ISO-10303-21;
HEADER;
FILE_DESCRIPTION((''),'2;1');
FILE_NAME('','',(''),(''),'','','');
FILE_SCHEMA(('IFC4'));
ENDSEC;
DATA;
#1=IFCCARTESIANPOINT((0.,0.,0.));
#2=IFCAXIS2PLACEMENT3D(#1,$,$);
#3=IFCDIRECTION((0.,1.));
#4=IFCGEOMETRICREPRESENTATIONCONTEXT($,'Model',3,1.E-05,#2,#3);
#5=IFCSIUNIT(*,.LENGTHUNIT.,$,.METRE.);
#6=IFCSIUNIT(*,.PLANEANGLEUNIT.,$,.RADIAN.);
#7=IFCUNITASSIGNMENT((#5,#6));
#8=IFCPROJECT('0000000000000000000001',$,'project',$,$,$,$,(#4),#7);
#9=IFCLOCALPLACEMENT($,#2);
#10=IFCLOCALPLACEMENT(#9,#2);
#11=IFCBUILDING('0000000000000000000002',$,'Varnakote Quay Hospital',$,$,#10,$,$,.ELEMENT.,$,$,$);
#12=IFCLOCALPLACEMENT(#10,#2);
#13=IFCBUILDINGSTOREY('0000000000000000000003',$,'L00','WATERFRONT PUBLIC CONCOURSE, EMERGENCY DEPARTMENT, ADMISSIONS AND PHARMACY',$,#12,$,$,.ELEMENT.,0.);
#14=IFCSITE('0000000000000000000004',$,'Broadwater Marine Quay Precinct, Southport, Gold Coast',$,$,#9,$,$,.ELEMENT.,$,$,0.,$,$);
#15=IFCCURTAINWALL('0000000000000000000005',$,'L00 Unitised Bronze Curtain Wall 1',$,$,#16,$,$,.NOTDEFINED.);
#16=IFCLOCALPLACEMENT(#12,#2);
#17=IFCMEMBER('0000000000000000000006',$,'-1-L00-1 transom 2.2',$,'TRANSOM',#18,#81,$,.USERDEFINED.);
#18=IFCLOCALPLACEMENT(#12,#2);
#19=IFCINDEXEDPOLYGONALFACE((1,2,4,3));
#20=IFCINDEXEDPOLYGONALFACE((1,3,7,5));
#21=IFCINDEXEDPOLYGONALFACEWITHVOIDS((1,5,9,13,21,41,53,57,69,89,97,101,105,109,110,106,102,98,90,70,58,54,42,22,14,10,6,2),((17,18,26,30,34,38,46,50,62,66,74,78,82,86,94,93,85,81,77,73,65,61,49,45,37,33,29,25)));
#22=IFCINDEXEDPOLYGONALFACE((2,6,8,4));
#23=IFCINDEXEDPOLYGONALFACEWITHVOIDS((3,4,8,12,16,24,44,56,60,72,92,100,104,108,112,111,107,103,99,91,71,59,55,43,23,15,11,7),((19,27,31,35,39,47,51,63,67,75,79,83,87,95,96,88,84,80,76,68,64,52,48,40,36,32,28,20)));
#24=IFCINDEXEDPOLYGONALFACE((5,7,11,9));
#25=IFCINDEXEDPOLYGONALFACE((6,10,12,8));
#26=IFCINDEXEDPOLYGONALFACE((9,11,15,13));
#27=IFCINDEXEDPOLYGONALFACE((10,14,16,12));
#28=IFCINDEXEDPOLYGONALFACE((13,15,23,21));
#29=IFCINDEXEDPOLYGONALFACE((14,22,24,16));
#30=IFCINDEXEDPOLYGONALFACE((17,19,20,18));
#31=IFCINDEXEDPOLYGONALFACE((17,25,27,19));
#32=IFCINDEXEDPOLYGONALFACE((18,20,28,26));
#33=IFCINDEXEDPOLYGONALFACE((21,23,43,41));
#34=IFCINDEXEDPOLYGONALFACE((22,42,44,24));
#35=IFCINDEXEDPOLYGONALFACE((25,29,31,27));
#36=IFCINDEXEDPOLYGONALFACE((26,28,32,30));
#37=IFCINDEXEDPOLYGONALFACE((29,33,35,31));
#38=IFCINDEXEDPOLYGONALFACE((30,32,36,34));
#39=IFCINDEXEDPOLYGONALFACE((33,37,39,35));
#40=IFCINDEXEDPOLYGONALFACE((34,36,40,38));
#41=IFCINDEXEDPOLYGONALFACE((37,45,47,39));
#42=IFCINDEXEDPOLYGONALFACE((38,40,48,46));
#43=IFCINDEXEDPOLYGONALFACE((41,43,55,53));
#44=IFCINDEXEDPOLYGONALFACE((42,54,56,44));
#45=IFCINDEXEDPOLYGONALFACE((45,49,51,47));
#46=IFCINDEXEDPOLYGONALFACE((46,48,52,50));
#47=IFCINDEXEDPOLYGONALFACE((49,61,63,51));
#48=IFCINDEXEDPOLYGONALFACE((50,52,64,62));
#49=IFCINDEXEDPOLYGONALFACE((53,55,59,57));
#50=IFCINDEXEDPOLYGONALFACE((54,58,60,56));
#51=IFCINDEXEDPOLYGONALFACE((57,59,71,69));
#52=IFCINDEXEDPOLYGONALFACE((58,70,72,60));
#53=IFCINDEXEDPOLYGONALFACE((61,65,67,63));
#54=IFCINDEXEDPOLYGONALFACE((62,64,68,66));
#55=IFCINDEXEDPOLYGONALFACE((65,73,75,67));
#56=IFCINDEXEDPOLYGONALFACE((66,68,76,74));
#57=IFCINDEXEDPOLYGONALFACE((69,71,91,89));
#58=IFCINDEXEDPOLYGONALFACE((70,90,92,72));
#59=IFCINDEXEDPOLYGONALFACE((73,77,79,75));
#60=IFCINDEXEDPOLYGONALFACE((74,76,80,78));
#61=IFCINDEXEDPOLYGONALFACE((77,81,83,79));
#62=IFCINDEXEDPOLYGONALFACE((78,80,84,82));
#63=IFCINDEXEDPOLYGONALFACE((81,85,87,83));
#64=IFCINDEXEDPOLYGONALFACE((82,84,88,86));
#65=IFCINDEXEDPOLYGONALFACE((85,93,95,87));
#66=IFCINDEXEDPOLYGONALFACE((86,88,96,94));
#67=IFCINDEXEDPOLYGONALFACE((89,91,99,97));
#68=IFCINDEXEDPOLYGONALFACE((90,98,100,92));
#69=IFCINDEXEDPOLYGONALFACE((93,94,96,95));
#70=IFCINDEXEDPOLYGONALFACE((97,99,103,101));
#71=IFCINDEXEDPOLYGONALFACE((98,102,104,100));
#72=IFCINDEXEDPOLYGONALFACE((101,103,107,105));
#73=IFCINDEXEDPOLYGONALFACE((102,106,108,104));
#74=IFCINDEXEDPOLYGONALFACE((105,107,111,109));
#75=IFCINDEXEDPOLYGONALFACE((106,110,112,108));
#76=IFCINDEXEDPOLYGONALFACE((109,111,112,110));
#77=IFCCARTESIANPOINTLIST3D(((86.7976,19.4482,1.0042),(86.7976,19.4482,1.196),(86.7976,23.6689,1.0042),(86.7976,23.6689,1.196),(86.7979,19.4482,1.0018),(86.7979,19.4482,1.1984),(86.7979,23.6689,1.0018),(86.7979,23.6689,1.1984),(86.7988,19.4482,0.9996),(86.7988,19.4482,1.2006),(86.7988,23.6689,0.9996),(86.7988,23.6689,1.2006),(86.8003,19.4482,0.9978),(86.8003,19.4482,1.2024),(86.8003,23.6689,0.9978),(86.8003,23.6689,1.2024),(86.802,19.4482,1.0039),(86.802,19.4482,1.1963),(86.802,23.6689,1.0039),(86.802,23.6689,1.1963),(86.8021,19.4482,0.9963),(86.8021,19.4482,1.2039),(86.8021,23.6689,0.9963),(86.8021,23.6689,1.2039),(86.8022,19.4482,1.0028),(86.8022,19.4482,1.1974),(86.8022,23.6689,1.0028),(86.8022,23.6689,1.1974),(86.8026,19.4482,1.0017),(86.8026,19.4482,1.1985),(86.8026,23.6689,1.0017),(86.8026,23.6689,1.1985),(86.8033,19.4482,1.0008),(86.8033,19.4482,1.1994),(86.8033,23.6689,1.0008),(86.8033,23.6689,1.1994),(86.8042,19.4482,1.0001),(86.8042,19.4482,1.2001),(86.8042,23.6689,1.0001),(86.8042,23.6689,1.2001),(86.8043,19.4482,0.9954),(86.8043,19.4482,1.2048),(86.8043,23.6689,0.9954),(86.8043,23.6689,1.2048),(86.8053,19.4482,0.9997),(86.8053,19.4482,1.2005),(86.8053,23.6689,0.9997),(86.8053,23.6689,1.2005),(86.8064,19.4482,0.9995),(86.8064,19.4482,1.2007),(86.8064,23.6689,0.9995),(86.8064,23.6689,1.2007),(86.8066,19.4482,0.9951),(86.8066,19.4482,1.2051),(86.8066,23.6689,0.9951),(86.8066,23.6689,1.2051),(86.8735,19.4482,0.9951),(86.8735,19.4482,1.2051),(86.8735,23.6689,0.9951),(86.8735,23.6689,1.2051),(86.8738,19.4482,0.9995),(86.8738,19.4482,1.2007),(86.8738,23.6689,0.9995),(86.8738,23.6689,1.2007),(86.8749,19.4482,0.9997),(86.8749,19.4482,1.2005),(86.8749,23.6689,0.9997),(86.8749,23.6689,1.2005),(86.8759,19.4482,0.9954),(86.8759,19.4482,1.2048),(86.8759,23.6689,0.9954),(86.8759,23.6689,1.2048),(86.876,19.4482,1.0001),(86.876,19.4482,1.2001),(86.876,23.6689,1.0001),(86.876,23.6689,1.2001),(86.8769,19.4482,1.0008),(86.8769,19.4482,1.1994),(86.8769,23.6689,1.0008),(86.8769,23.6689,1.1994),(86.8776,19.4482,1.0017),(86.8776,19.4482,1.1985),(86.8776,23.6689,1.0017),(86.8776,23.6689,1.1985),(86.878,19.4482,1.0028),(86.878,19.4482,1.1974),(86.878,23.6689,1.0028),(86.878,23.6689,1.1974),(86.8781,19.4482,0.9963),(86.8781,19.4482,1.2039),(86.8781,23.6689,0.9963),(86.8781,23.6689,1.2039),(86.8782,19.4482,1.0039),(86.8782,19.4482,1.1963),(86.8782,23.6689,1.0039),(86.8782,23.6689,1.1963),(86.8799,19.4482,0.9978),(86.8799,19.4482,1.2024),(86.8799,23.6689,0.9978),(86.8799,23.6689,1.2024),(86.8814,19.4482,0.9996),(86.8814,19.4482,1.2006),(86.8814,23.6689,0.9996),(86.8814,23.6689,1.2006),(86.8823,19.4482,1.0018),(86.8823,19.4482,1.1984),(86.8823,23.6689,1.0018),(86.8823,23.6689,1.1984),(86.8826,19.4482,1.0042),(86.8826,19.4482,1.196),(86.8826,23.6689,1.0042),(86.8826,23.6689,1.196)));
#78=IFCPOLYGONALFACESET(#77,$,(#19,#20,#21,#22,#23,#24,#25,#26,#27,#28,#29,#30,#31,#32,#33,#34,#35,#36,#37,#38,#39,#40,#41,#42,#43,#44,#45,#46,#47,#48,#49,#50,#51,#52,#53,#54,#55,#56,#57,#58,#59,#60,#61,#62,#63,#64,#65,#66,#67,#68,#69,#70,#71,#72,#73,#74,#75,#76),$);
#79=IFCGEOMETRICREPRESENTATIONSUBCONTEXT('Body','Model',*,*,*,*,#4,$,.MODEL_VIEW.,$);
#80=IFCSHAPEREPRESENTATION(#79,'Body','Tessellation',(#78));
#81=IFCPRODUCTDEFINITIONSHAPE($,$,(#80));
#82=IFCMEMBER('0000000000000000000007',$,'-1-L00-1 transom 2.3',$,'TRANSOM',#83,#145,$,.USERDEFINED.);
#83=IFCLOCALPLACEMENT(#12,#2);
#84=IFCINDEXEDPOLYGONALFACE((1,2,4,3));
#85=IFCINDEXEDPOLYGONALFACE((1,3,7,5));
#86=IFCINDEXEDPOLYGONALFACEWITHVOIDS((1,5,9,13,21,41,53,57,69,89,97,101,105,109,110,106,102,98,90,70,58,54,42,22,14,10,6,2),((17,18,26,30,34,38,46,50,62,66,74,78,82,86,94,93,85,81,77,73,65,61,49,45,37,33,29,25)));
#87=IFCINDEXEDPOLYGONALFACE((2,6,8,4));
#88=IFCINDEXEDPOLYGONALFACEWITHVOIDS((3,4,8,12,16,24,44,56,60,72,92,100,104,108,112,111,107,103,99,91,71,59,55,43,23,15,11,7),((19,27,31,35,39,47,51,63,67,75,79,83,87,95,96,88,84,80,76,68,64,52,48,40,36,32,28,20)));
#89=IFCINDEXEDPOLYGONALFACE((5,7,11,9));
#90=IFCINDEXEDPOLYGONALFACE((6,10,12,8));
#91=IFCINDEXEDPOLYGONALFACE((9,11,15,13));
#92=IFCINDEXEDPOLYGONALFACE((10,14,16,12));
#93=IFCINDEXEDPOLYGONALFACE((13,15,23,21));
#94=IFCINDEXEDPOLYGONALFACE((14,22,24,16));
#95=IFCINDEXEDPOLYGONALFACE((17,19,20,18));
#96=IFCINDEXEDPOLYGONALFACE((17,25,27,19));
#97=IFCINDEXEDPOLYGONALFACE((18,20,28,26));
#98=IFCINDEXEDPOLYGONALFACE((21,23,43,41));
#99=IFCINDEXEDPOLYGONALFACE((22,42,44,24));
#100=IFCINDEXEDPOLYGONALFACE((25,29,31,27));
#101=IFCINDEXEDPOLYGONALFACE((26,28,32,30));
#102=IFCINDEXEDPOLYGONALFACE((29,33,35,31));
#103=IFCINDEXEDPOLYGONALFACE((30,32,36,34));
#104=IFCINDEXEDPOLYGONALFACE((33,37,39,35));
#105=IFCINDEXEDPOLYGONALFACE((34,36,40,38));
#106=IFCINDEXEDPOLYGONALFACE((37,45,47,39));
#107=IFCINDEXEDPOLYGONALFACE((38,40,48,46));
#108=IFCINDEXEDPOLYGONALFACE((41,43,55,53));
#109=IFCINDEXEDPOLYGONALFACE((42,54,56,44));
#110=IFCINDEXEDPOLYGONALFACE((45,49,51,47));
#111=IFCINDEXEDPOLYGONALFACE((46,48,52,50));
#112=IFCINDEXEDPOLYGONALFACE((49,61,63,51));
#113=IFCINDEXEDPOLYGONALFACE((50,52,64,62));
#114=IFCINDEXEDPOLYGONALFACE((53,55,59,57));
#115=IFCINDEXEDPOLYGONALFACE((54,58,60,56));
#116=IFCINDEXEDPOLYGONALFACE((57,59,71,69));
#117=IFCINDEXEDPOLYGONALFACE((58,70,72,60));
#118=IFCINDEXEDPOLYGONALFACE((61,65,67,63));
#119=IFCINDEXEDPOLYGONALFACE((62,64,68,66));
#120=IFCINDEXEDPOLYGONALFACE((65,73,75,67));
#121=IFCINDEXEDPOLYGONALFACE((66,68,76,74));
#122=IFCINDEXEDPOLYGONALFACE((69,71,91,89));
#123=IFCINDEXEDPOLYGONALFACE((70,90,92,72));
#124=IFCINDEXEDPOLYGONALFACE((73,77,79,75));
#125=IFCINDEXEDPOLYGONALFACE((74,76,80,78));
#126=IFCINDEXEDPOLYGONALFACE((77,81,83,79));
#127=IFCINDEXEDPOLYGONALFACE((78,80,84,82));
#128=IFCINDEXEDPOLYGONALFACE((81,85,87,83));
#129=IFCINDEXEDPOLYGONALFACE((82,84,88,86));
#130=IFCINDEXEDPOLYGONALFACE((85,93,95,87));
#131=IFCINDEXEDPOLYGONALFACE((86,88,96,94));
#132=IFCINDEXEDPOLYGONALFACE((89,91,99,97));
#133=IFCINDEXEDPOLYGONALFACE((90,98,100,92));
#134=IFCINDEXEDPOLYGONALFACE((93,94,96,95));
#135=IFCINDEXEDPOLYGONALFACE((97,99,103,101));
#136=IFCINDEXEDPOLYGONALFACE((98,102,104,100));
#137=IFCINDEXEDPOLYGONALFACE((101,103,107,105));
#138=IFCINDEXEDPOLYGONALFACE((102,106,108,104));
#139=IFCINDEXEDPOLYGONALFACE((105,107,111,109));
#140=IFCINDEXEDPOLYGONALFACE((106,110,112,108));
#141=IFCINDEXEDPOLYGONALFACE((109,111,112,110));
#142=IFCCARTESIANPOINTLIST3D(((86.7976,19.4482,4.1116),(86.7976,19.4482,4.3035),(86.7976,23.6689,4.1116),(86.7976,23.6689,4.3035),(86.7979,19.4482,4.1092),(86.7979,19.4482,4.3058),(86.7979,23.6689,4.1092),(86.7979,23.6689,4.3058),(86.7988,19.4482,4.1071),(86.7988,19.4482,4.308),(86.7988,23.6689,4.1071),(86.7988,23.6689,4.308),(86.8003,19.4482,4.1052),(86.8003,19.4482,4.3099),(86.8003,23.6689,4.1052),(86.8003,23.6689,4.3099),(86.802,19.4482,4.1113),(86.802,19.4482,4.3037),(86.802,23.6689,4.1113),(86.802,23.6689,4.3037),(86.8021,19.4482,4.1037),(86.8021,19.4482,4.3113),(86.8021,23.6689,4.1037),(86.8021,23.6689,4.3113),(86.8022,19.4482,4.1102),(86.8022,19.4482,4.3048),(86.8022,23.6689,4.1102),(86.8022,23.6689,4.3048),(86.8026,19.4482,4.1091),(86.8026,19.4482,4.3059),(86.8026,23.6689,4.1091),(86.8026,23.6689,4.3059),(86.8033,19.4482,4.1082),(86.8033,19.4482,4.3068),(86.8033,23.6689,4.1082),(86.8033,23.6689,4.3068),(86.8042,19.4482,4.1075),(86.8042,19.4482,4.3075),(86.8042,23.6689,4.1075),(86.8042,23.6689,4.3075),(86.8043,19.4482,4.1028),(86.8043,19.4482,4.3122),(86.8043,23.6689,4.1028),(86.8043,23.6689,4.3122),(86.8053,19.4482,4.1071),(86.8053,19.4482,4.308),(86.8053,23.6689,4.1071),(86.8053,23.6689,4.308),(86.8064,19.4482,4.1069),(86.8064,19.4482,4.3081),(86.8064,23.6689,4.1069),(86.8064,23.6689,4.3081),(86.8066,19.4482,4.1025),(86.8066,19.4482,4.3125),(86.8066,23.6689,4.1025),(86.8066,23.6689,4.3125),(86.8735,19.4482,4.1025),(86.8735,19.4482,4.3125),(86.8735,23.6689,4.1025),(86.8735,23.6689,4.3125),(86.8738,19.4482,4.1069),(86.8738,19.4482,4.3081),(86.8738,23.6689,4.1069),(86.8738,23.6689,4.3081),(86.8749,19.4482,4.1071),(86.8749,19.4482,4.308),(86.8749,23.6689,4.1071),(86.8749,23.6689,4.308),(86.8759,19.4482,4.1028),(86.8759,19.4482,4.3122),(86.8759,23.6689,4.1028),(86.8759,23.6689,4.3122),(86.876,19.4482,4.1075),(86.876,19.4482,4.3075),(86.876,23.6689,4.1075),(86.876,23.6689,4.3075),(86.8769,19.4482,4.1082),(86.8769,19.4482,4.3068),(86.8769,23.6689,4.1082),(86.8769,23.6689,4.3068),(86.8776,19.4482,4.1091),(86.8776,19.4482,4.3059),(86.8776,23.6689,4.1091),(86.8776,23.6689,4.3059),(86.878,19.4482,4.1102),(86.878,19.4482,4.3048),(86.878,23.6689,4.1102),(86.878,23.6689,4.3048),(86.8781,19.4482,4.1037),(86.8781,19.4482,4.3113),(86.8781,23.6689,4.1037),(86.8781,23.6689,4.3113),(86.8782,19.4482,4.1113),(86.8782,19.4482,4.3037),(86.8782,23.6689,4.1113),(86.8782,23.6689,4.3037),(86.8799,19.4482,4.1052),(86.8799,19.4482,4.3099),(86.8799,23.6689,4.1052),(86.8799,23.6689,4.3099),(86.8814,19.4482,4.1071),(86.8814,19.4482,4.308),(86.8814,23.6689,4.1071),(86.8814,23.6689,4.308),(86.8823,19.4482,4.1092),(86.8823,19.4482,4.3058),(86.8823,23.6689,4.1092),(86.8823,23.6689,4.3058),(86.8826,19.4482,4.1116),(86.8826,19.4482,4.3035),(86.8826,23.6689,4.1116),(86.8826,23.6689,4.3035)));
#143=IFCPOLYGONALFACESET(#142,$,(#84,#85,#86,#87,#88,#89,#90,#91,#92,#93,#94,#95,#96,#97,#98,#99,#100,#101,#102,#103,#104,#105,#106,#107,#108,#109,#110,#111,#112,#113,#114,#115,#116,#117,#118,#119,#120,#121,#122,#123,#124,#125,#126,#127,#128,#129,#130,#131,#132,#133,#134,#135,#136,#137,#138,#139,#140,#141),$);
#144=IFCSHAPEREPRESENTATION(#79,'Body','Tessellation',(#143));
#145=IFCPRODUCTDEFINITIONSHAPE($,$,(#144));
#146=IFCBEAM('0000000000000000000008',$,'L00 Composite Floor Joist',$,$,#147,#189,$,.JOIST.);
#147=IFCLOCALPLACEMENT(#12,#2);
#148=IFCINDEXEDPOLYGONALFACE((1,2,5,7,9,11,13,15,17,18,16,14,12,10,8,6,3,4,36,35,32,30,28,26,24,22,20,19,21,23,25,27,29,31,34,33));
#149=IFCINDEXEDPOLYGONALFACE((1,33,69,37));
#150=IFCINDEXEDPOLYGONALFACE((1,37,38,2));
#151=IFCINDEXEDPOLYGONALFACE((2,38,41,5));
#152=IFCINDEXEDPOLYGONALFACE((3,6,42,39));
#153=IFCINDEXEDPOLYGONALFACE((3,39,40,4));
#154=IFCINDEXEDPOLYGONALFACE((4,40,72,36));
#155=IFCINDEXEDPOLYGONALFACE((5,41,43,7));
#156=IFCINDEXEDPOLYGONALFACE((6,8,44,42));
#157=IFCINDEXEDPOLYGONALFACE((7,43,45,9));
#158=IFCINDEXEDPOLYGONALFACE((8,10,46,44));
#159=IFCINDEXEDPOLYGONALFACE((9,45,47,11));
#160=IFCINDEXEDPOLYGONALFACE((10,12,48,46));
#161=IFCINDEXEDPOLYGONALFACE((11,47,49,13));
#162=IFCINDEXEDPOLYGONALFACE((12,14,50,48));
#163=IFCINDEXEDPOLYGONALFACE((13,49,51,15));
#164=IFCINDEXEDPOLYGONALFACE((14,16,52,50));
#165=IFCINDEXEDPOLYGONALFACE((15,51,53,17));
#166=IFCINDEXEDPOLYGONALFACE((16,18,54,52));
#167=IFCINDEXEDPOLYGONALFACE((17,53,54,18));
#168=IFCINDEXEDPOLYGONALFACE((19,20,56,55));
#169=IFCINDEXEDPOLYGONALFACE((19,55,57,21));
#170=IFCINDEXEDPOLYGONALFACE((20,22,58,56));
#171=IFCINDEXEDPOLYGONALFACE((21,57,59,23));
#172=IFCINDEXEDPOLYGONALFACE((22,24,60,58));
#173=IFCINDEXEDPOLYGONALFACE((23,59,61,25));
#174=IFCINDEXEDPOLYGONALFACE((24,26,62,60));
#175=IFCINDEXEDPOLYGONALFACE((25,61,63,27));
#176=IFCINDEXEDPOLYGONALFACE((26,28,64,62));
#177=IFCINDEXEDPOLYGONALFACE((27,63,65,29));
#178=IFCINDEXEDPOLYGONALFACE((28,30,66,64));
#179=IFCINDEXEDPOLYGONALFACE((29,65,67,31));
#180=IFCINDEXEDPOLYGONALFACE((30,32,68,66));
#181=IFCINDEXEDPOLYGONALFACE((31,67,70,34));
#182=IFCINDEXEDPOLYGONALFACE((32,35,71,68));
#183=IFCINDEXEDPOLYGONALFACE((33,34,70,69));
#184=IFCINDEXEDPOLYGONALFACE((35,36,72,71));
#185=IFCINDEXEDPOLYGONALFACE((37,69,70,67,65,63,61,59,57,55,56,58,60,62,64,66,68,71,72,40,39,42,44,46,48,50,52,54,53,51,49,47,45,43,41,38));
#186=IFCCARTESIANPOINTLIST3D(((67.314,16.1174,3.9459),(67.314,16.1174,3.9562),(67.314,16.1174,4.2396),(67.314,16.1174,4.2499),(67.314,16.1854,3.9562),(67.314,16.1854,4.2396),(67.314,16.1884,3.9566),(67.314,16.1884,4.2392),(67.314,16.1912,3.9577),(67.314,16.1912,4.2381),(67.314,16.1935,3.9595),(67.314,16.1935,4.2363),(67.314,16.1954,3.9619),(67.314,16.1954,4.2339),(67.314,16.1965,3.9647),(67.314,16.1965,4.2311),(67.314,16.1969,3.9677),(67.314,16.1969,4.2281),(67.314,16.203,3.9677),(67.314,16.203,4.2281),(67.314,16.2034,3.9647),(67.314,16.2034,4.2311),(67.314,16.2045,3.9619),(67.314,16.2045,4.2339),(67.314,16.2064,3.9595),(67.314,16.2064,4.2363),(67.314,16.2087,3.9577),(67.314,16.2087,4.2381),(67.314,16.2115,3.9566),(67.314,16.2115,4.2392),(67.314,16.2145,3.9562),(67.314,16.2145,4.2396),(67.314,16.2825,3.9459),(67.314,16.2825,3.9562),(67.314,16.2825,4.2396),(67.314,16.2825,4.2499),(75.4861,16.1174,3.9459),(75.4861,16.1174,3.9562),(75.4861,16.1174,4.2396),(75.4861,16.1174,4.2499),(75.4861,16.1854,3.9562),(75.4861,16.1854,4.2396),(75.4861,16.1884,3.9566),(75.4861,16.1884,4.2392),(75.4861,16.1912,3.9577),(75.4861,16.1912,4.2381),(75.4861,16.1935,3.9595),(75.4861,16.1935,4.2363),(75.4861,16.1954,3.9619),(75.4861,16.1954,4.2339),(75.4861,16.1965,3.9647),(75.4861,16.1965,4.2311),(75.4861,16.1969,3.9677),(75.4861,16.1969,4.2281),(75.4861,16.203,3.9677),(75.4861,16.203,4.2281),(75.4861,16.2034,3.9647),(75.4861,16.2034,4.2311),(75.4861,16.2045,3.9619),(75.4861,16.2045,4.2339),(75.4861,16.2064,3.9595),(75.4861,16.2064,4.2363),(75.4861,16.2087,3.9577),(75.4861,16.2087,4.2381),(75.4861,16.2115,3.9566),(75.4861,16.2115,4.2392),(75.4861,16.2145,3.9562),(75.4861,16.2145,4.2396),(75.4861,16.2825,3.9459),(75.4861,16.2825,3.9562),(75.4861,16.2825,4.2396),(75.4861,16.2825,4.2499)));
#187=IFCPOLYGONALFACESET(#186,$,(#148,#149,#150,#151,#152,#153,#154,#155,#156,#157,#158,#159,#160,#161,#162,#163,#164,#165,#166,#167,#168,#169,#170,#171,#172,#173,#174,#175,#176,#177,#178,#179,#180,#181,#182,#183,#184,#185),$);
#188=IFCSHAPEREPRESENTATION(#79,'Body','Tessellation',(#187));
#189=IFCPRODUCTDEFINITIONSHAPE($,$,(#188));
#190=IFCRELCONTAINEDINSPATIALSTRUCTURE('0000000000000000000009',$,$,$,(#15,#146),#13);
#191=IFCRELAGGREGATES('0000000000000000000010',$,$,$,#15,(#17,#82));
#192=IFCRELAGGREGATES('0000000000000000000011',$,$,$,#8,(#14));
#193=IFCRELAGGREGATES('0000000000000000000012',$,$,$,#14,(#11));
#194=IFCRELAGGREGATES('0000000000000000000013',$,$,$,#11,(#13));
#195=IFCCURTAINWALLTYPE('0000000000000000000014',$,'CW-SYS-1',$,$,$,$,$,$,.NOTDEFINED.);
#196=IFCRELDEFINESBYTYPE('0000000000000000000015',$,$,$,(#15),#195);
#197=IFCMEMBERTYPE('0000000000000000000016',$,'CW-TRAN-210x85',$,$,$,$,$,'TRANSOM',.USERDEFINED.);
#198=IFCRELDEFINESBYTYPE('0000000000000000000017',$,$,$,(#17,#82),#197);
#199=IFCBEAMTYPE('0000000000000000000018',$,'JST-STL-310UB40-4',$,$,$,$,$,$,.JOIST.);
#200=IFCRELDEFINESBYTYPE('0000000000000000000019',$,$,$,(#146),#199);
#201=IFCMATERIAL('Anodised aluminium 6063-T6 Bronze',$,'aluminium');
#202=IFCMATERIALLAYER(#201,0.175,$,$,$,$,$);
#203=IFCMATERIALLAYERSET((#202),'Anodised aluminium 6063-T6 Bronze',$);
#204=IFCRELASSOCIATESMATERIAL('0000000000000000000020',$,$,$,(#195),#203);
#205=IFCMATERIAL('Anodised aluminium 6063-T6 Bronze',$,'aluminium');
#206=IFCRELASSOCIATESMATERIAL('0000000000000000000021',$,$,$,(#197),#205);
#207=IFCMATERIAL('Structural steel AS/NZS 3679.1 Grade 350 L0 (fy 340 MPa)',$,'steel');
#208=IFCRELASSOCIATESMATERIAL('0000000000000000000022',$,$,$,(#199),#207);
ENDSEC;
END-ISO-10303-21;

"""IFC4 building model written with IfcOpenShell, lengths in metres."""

from ifc_helpers import new_model, si_unit, direction, frame, origin, origin_2d, place, context, subcontext, project, spatial, hollow_rectangle, i_section, extrude, material, layer, layer_set, material_profile, profile_set, type_object, element, aggregate, save


model = new_model("IFC4")

# Units and contexts
model_context = context("Model", 3, precision=1e-05, world=origin(), true_north=direction((0.0, 1.0)))
body_context = subcontext(model_context, "Body", "Model", "MODEL_VIEW")
ifc_project = project(units=[si_unit("LENGTHUNIT", "METRE"), si_unit("PLANEANGLEUNIT", "RADIAN")], contexts=[model_context])

# Site, building, storey
site_placement = place(None, origin())
site = spatial("IfcSite", under=ifc_project, at=site_placement, Name="Broadwater Marine Quay Precinct, Southport, Gold Coast", CompositionType="ELEMENT", RefElevation=0.0)
building_placement = place(site_placement, origin())
building = spatial("IfcBuilding", under=site, at=building_placement, Name="Varnakote Quay Hospital", CompositionType="ELEMENT")
storey_placement = place(building_placement, origin())
storey = spatial("IfcBuildingStorey", under=building, at=storey_placement, Name="L00", Description="WATERFRONT PUBLIC CONCOURSE, EMERGENCY DEPARTMENT, ADMISSIONS AND PHARMACY", CompositionType="ELEMENT", Elevation=0.0)

# Curtain wall, members
ifc_material_1 = material(Name="Anodised aluminium 6063-T6 Bronze", Category="aluminium")
ifc_layer_1 = layer(ifc_material_1, 0.175)
ifc_layer_set_1 = layer_set([ifc_layer_1], Name="Anodised aluminium 6063-T6 Bronze")
curtain_wall_type = type_object("IfcCurtainWallType", Name="CW-SYS-1", PredefinedType="NOTDEFINED", material=ifc_layer_set_1)
curtain_wall_placement = place(storey_placement, origin())
curtain_wall = element("IfcCurtainWall", 1, at=curtain_wall_placement, inside=storey, type_object=curtain_wall_type, Name="L00 Unitised Bronze Curtain Wall 1", PredefinedType="NOTDEFINED")
ifc_material_2 = material(Name="Anodised aluminium 6063-T6 Bronze", Category="aluminium")
ifc_material_profile_1 = material_profile(ifc_material_2, hollow_rectangle(XDim=0.085, YDim=0.21, WallThickness=0.0044, InnerFilletRadius=0.0044, OuterFilletRadius=0.009, at=origin_2d()), Name="CW-TRAN-210x85")
ifc_profile_set_1 = profile_set([ifc_material_profile_1], Name="Anodised aluminium 6063-T6 Bronze")
member_type_1 = type_object("IfcMemberType", Name="CW-TRAN-210x85", ElementType="TRANSOM", PredefinedType="USERDEFINED", material=ifc_profile_set_1)
member_1_placement = place(storey_placement, frame((86.8401, 19.4482, 1.1001), z_axis=(0.0, 1.0, 0.0), x_axis=(-1.0, 0.0, 0.0)))
member_1 = element("IfcMember", 2, at=member_1_placement, type_object=member_type_1, Name="-1-L00-1 transom 2.2", ObjectType="TRANSOM", PredefinedType="USERDEFINED", context=body_context, shape_type="SweptSolid", body=[
    extrude(hollow_rectangle(XDim=0.085, YDim=0.21, WallThickness=0.0044, InnerFilletRadius=0.0044, OuterFilletRadius=0.009, at=origin_2d()), origin(), (0.0, 0.0, 1.0), 4.2207),
])
member_2_placement = place(storey_placement, frame((86.8401, 19.4482, 4.2075), z_axis=(0.0, 1.0, 0.0), x_axis=(-1.0, 0.0, 0.0)))
member_2 = element("IfcMember", 3, at=member_2_placement, type_object=member_type_1, Name="-1-L00-1 transom 2.3", ObjectType="TRANSOM", PredefinedType="USERDEFINED", context=body_context, shape_type="SweptSolid", body=[
    extrude(hollow_rectangle(XDim=0.085, YDim=0.21, WallThickness=0.0044, InnerFilletRadius=0.0044, OuterFilletRadius=0.009, at=origin_2d()), origin(), (0.0, 0.0, 1.0), 4.2207),
])

# Beam
ifc_material_3 = material(Name="Structural steel AS/NZS 3679.1 Grade 350 L0 (fy 340 MPa)", Category="steel")
ifc_material_profile_2 = material_profile(ifc_material_3, i_section(OverallWidth=0.165, OverallDepth=0.304, WebThickness=0.0061, FlangeThickness=0.0103, FilletRadius=0.0115, at=origin_2d()), Name="310UB40.4")
ifc_profile_set_2 = profile_set([ifc_material_profile_2], Name="Structural steel AS/NZS 3679.1 Grade 350 L0 (fy 340 MPa)")
beam_type_1 = type_object("IfcBeamType", Name="JST-STL-310UB40-4", PredefinedType="JOIST", material=ifc_profile_set_2)
beam_1_placement = place(storey_placement, frame((67.314, 16.2, 4.0979), z_axis=(1.0, 0.0, 0.0), x_axis=(0.0, 1.0, 0.0)))
element("IfcBeam", 4, at=beam_1_placement, inside=storey, type_object=beam_type_1, Name="L00 Composite Floor Joist", PredefinedType="JOIST", context=body_context, shape_type="SweptSolid", body=[
    extrude(i_section(OverallWidth=0.165, OverallDepth=0.304, WebThickness=0.0061, FlangeThickness=0.0103, FilletRadius=0.0115, at=origin_2d()), origin(), (0.0, 0.0, 1.0), 8.1721),
])

aggregate(curtain_wall, [member_1, member_2])

save(model, "model.ifc")
